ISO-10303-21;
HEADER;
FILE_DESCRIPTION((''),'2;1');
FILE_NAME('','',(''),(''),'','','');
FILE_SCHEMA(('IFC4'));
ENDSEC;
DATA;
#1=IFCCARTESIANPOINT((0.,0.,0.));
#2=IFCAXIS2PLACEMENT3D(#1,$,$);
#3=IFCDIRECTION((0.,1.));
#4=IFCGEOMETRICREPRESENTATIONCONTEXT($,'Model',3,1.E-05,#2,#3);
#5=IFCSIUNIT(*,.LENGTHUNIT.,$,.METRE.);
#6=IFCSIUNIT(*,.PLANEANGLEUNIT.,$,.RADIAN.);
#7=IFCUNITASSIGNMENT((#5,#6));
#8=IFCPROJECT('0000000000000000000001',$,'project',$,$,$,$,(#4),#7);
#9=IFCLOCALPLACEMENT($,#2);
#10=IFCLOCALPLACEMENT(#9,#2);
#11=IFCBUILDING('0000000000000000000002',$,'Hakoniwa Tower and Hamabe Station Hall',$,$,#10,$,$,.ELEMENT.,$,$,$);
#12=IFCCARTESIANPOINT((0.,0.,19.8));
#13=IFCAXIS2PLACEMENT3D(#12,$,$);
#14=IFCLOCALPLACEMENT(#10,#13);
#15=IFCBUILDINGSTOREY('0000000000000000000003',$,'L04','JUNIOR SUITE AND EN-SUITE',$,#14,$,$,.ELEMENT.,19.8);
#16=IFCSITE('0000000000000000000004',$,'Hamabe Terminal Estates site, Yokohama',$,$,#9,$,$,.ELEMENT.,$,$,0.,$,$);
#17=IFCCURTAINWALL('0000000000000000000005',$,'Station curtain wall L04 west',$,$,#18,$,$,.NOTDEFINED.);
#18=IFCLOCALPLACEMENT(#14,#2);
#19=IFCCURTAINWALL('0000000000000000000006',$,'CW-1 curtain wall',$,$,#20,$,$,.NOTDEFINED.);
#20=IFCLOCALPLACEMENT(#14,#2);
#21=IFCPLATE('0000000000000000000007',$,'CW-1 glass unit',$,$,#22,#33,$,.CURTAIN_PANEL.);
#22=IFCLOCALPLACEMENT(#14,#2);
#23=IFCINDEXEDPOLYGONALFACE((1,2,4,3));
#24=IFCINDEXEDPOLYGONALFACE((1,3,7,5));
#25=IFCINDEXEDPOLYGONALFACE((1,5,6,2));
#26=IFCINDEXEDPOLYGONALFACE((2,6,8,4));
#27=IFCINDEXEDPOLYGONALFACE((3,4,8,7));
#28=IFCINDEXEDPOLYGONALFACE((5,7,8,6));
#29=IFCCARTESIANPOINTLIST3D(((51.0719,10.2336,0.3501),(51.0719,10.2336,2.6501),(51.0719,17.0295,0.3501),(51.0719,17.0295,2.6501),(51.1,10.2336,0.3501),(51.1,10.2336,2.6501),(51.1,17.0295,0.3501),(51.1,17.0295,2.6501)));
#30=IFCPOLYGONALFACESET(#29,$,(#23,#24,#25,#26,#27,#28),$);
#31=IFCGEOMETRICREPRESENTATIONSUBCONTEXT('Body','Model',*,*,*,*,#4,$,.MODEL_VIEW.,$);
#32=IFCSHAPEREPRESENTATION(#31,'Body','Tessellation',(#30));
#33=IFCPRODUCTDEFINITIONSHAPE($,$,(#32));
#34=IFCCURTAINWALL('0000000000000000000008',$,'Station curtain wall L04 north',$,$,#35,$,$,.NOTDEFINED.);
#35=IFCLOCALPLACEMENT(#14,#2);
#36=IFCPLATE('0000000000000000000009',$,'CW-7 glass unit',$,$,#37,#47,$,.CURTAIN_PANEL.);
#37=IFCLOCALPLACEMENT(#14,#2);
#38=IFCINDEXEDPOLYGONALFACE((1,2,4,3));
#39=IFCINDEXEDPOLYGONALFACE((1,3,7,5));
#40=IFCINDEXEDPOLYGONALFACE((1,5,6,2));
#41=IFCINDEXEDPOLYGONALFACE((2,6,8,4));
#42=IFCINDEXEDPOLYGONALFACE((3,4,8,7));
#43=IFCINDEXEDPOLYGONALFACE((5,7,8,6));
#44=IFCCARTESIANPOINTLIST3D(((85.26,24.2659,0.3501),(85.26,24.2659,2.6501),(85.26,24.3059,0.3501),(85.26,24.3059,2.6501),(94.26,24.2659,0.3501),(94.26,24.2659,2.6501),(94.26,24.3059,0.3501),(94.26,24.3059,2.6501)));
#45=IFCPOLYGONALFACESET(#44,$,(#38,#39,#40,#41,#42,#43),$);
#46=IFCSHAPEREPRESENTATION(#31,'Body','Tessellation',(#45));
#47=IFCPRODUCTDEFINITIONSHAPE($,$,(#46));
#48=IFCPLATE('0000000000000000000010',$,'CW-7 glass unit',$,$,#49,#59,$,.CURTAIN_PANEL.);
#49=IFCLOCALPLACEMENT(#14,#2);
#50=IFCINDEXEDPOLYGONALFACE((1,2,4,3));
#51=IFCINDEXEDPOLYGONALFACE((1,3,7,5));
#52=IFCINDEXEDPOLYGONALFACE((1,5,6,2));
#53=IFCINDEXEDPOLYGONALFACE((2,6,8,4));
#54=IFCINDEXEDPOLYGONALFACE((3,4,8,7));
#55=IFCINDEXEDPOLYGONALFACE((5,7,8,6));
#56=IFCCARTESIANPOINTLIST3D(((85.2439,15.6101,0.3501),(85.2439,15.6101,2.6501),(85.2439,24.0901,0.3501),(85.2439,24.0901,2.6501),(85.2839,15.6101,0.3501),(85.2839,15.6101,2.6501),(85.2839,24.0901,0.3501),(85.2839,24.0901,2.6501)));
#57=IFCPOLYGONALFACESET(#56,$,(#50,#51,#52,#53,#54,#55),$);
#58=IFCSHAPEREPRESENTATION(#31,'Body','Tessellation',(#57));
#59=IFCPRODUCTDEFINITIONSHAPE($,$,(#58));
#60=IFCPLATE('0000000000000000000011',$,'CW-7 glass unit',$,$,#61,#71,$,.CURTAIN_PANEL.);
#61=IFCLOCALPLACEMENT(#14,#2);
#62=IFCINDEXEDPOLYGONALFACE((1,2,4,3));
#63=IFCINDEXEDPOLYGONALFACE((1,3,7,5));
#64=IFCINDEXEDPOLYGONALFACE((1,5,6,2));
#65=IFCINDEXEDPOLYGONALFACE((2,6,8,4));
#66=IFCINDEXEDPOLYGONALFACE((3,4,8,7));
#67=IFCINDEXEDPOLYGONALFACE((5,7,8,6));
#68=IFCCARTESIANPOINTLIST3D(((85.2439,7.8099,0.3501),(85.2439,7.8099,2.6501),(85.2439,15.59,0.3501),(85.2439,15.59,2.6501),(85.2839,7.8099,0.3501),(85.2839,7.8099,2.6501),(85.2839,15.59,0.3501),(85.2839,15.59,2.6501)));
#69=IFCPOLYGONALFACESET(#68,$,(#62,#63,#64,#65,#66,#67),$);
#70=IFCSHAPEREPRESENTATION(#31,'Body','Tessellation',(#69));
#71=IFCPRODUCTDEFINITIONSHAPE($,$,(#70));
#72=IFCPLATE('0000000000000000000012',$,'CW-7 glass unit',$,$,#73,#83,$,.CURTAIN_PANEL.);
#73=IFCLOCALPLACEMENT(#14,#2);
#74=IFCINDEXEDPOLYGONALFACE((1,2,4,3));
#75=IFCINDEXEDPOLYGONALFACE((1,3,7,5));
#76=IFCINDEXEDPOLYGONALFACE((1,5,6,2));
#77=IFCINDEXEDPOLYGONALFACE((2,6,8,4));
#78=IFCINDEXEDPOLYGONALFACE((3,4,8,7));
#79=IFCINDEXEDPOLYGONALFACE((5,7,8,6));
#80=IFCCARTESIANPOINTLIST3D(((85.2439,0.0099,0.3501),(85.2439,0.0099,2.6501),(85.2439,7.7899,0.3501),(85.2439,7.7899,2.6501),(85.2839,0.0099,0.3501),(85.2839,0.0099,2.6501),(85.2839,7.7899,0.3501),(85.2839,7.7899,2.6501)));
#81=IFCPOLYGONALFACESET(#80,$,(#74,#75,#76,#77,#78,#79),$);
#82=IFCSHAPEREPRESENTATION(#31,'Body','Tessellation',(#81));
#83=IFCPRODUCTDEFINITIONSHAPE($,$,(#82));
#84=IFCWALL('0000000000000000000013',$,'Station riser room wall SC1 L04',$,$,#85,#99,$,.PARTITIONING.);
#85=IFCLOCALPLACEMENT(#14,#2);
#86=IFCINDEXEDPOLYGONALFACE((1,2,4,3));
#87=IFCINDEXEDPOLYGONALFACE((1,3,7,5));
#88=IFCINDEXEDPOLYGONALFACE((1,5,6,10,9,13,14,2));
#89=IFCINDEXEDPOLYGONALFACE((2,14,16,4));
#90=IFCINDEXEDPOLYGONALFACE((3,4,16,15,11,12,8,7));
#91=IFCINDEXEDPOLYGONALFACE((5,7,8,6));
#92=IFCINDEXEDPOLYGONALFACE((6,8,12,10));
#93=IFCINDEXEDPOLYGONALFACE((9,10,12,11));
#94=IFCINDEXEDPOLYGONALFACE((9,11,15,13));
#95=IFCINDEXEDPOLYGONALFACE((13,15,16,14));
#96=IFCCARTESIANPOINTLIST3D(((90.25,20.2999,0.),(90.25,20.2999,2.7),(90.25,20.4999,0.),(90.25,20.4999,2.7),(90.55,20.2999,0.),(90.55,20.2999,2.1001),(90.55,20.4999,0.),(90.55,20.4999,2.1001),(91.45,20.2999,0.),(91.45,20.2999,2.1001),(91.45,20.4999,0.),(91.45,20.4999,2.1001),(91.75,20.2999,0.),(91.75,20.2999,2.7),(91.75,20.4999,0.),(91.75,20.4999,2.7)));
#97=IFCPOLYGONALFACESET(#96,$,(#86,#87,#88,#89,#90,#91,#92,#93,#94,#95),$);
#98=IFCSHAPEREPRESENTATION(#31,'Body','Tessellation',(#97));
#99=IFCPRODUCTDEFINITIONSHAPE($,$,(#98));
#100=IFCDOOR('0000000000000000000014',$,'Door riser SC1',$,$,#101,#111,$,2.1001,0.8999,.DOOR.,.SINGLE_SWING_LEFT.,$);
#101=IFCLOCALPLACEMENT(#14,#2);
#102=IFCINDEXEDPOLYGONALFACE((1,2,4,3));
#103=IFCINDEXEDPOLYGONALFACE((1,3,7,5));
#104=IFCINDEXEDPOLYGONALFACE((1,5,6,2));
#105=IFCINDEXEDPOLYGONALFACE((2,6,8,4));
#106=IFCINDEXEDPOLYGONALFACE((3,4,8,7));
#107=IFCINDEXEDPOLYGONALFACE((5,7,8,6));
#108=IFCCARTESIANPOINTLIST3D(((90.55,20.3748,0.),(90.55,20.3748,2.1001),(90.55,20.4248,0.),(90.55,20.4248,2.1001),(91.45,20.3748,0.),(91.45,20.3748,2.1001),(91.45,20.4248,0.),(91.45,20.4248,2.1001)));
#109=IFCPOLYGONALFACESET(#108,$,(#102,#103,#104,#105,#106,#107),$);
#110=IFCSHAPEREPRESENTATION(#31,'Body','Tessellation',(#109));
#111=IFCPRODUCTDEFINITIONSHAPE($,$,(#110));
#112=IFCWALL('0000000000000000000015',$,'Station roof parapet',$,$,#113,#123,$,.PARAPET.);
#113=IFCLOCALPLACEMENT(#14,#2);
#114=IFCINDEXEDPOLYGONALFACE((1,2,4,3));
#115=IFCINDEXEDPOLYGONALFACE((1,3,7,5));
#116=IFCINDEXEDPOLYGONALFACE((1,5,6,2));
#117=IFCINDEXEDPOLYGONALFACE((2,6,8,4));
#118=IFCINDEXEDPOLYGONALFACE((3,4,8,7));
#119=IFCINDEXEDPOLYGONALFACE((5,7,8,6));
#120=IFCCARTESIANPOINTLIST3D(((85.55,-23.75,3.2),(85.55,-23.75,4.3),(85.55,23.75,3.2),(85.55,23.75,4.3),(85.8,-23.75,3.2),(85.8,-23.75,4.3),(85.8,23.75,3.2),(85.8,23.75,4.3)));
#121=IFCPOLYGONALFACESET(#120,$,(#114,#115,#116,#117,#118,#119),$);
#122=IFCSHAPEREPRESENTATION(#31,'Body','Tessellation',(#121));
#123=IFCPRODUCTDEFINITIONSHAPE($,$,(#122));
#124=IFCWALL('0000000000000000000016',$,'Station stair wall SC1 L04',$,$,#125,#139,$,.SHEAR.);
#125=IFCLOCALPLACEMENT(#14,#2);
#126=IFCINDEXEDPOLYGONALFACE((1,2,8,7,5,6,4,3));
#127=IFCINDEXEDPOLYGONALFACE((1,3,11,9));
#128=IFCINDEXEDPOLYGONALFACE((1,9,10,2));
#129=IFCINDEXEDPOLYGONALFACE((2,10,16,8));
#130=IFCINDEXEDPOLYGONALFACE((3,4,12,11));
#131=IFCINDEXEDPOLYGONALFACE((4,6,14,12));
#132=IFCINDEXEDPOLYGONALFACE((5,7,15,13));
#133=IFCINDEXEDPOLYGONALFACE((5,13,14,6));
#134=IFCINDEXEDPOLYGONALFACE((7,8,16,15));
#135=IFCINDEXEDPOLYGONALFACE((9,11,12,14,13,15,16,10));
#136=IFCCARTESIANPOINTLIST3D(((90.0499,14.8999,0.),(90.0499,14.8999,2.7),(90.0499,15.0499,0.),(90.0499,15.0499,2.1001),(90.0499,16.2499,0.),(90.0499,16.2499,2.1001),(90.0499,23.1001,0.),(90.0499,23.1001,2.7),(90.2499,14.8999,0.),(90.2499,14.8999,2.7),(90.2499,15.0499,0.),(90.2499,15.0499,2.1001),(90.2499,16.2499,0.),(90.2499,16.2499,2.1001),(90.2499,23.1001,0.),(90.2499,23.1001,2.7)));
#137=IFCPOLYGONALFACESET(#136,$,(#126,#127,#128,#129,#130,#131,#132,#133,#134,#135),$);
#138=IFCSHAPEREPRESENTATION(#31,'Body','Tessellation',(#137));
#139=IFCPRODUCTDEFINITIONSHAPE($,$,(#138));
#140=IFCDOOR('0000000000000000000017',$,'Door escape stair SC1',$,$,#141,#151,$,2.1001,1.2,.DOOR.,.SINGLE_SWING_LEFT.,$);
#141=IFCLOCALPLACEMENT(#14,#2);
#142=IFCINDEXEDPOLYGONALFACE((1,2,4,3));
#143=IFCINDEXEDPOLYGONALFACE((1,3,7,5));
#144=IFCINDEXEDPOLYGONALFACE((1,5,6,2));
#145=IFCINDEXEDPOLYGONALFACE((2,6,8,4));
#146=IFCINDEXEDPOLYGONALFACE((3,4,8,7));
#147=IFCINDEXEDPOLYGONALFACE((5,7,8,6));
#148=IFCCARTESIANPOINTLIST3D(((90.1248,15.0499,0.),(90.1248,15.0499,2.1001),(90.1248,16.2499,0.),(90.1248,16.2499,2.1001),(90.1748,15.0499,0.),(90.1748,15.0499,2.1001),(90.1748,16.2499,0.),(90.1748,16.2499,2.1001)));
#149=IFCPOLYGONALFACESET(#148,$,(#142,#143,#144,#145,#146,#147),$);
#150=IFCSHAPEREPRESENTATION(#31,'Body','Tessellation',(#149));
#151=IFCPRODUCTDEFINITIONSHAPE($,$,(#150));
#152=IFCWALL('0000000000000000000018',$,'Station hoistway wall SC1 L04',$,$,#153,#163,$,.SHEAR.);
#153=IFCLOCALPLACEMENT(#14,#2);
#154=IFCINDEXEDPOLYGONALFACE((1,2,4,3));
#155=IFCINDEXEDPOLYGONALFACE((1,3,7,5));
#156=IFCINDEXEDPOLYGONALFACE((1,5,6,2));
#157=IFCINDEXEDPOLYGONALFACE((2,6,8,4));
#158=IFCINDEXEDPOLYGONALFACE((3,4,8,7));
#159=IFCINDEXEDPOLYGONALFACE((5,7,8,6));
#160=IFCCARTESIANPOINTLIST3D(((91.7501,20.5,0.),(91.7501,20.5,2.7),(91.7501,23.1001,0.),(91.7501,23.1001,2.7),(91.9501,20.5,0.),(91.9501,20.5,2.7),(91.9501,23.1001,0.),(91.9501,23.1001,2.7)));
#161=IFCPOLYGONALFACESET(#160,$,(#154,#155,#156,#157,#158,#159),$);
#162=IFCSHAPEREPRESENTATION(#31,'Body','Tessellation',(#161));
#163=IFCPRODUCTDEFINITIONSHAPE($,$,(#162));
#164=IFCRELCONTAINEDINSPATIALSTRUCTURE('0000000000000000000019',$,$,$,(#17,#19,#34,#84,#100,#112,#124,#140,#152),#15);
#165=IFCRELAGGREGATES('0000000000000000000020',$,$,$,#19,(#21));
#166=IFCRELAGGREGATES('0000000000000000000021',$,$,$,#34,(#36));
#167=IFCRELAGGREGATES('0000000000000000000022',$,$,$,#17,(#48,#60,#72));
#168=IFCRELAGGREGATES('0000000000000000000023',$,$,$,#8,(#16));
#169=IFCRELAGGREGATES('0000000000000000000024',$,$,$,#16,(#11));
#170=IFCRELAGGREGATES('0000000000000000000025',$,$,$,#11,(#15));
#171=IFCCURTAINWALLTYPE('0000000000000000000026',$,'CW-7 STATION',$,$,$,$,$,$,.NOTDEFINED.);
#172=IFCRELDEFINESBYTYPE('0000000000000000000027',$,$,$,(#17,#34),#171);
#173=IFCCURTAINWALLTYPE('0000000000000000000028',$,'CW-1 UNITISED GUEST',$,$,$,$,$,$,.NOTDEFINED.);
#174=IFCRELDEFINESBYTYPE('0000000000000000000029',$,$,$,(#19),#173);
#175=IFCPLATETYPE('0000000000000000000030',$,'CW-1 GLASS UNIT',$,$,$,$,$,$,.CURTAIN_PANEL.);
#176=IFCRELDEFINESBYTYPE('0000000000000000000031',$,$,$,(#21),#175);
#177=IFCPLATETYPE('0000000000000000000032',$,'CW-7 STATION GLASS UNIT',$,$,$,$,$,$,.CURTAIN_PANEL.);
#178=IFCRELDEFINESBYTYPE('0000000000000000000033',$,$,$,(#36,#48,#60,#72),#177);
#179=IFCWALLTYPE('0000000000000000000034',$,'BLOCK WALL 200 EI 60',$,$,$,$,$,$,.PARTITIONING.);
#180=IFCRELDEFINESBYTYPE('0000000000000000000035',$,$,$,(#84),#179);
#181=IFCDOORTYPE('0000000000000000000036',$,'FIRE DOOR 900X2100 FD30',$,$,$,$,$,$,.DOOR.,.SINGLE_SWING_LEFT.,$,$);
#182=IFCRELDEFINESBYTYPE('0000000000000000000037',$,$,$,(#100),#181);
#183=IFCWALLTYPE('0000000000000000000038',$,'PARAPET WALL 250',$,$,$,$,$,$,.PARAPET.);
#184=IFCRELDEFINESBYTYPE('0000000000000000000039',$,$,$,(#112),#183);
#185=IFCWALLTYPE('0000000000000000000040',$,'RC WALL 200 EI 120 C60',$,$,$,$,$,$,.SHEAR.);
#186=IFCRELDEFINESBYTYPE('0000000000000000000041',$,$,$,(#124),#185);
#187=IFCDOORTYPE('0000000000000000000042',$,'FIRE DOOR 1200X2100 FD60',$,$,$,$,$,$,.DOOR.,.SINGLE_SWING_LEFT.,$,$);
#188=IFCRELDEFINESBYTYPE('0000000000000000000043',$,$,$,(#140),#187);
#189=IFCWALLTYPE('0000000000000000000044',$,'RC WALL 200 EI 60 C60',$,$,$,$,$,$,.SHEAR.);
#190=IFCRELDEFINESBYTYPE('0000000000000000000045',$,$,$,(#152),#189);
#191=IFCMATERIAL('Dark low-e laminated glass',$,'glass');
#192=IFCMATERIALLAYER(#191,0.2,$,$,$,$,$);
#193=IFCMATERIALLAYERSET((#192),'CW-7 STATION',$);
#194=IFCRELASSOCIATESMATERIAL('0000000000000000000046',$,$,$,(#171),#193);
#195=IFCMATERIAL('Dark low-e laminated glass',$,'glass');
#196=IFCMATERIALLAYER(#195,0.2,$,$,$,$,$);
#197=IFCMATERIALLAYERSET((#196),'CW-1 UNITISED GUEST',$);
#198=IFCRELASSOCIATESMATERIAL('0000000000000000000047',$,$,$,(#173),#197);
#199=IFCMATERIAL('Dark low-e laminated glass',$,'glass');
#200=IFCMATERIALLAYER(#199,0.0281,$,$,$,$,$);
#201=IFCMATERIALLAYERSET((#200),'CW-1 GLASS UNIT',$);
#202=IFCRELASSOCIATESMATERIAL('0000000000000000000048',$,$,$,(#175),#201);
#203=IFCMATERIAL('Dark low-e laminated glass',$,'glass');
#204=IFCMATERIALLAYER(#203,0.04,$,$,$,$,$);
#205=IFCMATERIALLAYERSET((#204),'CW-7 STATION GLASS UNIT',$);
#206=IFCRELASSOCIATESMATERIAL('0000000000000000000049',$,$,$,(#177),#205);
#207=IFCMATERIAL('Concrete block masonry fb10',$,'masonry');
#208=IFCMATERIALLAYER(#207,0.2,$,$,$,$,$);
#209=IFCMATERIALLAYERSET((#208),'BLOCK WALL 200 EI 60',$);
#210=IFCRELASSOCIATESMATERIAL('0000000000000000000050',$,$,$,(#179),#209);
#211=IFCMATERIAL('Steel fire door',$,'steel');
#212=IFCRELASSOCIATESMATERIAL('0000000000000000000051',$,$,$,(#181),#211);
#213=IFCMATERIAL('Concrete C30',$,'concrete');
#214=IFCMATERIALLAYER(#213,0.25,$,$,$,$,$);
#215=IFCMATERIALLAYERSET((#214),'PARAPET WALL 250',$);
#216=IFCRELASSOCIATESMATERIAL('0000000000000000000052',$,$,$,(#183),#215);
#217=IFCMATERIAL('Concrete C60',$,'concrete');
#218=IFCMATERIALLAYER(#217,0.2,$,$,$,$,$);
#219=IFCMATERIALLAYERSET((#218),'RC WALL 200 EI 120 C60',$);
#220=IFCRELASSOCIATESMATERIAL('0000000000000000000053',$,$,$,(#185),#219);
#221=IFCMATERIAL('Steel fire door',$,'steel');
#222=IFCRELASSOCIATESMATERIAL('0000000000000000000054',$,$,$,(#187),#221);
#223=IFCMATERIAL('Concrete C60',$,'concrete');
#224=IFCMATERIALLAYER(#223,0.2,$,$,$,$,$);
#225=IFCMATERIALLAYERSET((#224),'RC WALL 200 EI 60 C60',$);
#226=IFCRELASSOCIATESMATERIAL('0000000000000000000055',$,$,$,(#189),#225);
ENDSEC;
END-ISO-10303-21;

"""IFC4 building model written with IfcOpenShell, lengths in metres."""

from ifc_helpers import new_model, si_unit, direction, frame, frame_2d, origin, origin_2d, place, context, subcontext, project, spatial, rectangle, extrude, material, layer, layer_set, type_object, element, fill, aggregate, save


model = new_model("IFC4")

# Units and contexts
model_context = context("Model", 3, precision=1e-05, world=origin(), true_north=direction((0.0, 1.0)))
body_context = subcontext(model_context, "Body", "Model", "MODEL_VIEW")
ifc_project = project(units=[si_unit("LENGTHUNIT", "METRE"), si_unit("PLANEANGLEUNIT", "RADIAN")], contexts=[model_context])

# Site, building, storey
site_placement = place(None, origin())
site = spatial("IfcSite", under=ifc_project, at=site_placement, Name="Hamabe Terminal Estates site, Yokohama", CompositionType="ELEMENT", RefElevation=0.0)
building_placement = place(site_placement, origin())
building = spatial("IfcBuilding", under=site, at=building_placement, Name="Hakoniwa Tower and Hamabe Station Hall", CompositionType="ELEMENT")
storey_placement = place(building_placement, frame((0.0, 0.0, 19.8)))
storey = spatial("IfcBuildingStorey", under=building, at=storey_placement, Name="L04", Description="JUNIOR SUITE AND EN-SUITE", CompositionType="ELEMENT", Elevation=19.8)

# Curtain walls
ifc_material_1 = material(Name="Dark low-e laminated glass", Category="glass")
ifc_layer_1 = layer(ifc_material_1, 0.2)
ifc_layer_set_1 = layer_set([ifc_layer_1], Name="CW-7 STATION")
curtain_wall_type_1 = type_object("IfcCurtainWallType", Name="CW-7 STATION", PredefinedType="NOTDEFINED", material=ifc_layer_set_1)
curtain_wall_1_placement = place(storey_placement, origin())
curtain_wall_1 = element("IfcCurtainWall", 1, at=curtain_wall_1_placement, inside=storey, type_object=curtain_wall_type_1, Name="Station curtain wall L04 west", PredefinedType="NOTDEFINED")
ifc_material_2 = material(Name="Dark low-e laminated glass", Category="glass")
ifc_layer_2 = layer(ifc_material_2, 0.2)
ifc_layer_set_2 = layer_set([ifc_layer_2], Name="CW-1 UNITISED GUEST")
curtain_wall_type_2 = type_object("IfcCurtainWallType", Name="CW-1 UNITISED GUEST", PredefinedType="NOTDEFINED", material=ifc_layer_set_2)
curtain_wall_2_placement = place(storey_placement, origin())
curtain_wall_2 = element("IfcCurtainWall", 2, at=curtain_wall_2_placement, inside=storey, type_object=curtain_wall_type_2, Name="CW-1 curtain wall", PredefinedType="NOTDEFINED")

# Plate
ifc_material_3 = material(Name="Dark low-e laminated glass", Category="glass")
ifc_layer_3 = layer(ifc_material_3, 0.0281)
ifc_layer_set_3 = layer_set([ifc_layer_3], Name="CW-1 GLASS UNIT")
plate_type_1 = type_object("IfcPlateType", Name="CW-1 GLASS UNIT", PredefinedType="CURTAIN_PANEL", material=ifc_layer_set_3)
plate_1_placement = place(storey_placement, frame((51.0859, 13.6316, 0.3501), z_axis=(0.0, 0.0, 1.0), x_axis=(0.0, 1.0, 0.0)))
plate_1 = element("IfcPlate", 3, at=plate_1_placement, type_object=plate_type_1, Name="CW-1 glass unit", PredefinedType="CURTAIN_PANEL", context=body_context, shape_type="SweptSolid", body=[
    extrude(rectangle(XDim=6.7959, YDim=0.0281, at=origin_2d()), origin(), (0.0, 0.0, 1.0), 2.3),
])
aggregate(curtain_wall_2, [plate_1])

# Curtain wall, plate
curtain_wall_3_placement = place(storey_placement, origin())
curtain_wall_3 = element("IfcCurtainWall", 4, at=curtain_wall_3_placement, inside=storey, type_object=curtain_wall_type_1, Name="Station curtain wall L04 north", PredefinedType="NOTDEFINED")
ifc_material_4 = material(Name="Dark low-e laminated glass", Category="glass")
ifc_layer_4 = layer(ifc_material_4, 0.04)
ifc_layer_set_4 = layer_set([ifc_layer_4], Name="CW-7 STATION GLASS UNIT")
plate_type_2 = type_object("IfcPlateType", Name="CW-7 STATION GLASS UNIT", PredefinedType="CURTAIN_PANEL", material=ifc_layer_set_4)
plate_2_placement = place(storey_placement, frame((89.76, 24.2859, 0.3501), z_axis=(0.0, 0.0, 1.0), x_axis=(-1.0, 0.0, 0.0)))
plate_2 = element("IfcPlate", 5, at=plate_2_placement, type_object=plate_type_2, Name="CW-7 glass unit", PredefinedType="CURTAIN_PANEL", context=body_context, shape_type="SweptSolid", body=[
    extrude(rectangle(XDim=9.0, YDim=0.04, at=origin_2d()), origin(), (0.0, 0.0, 1.0), 2.3),
])
aggregate(curtain_wall_3, [plate_2])

# Plates
plate_3_placement = place(storey_placement, frame((85.2639, 19.8501, 0.3501), z_axis=(0.0, 0.0, 1.0), x_axis=(0.0, -1.0, 0.0)))
plate_3 = element("IfcPlate", 6, at=plate_3_placement, type_object=plate_type_2, Name="CW-7 glass unit", PredefinedType="CURTAIN_PANEL", context=body_context, shape_type="SweptSolid", body=[
    extrude(rectangle(XDim=8.48, YDim=0.04, at=origin_2d()), origin(), (0.0, 0.0, 1.0), 2.3),
])
plate_4_placement = place(storey_placement, frame((85.2639, 11.7, 0.3501), z_axis=(0.0, 0.0, 1.0), x_axis=(0.0, -1.0, 0.0)))
plate_4 = element("IfcPlate", 7, at=plate_4_placement, type_object=plate_type_2, Name="CW-7 glass unit", PredefinedType="CURTAIN_PANEL", context=body_context, shape_type="SweptSolid", body=[
    extrude(rectangle(XDim=7.78, YDim=0.04, at=origin_2d()), origin(), (0.0, 0.0, 1.0), 2.3),
])
plate_5_placement = place(storey_placement, frame((85.2639, 3.8999, 0.3501), z_axis=(0.0, 0.0, 1.0), x_axis=(0.0, -1.0, 0.0)))
plate_5 = element("IfcPlate", 8, at=plate_5_placement, type_object=plate_type_2, Name="CW-7 glass unit", PredefinedType="CURTAIN_PANEL", context=body_context, shape_type="SweptSolid", body=[
    extrude(rectangle(XDim=7.78, YDim=0.04, at=origin_2d()), origin(), (0.0, 0.0, 1.0), 2.3),
])
aggregate(curtain_wall_1, [plate_3, plate_4, plate_5])

# Wall, opening, door
ifc_material_5 = material(Name="Concrete block masonry fb10", Category="masonry")
ifc_layer_5 = layer(ifc_material_5, 0.2)
ifc_layer_set_5 = layer_set([ifc_layer_5], Name="BLOCK WALL 200 EI 60")
wall_type_1 = type_object("IfcWallType", Name="BLOCK WALL 200 EI 60", PredefinedType="PARTITIONING", material=ifc_layer_set_5)
wall_1_placement = place(storey_placement, frame((90.25, 20.3999, 0.0), z_axis=(0.0, 0.0, 1.0), x_axis=(1.0, 0.0, 0.0)))
wall_1 = element("IfcWall", 9, at=wall_1_placement, inside=storey, type_object=wall_type_1, Name="Station riser room wall SC1 L04", PredefinedType="PARTITIONING", context=body_context, shape_type="SweptSolid", body=[
    extrude(rectangle(XDim=1.5, YDim=0.2, at=frame_2d((0.75, 0.0))), origin(), (0.0, 0.0, 1.0), 2.7),
])
opening_1_placement = place(wall_1_placement, frame((0.3, 0.0, 0.0)))
opening_1 = element("IfcOpeningElement", 10, at=opening_1_placement, cuts=wall_1, PredefinedType="OPENING", context=body_context, shape_type="SweptSolid", body=[
    extrude(rectangle(XDim=0.8999, YDim=2.1001, at=frame_2d((0.45, 1.05))), frame((0.0, 0.1099, 0.0), z_axis=(0.0, -1.0, 0.0), x_axis=(1.0, 0.0, 0.0)), (0.0, 0.0, 1.0), 0.22),
])
ifc_material_6 = material(Name="Steel fire door", Category="steel")
door_type_1 = type_object("IfcDoorType", Name="FIRE DOOR 900X2100 FD30", OperationType="SINGLE_SWING_LEFT", PredefinedType="DOOR", material=ifc_material_6)
door_1_placement = place(opening_1_placement, origin())
door_1 = element("IfcDoor", 11, at=door_1_placement, inside=storey, type_object=door_type_1, Name="Door riser SC1", OperationType="SINGLE_SWING_LEFT", OverallHeight=2.1001, OverallWidth=0.8999, PredefinedType="DOOR", context=body_context, shape_type="SweptSolid", body=[
    extrude(rectangle(XDim=0.8999, YDim=2.1001, at=frame_2d((0.45, 1.05))), frame((0.0, 0.0249, 0.0), z_axis=(0.0, -1.0, 0.0), x_axis=(1.0, 0.0, 0.0)), (0.0, 0.0, 1.0), 0.05),
])
fill(opening_1, door_1)

# Wall
ifc_material_7 = material(Name="Concrete C30", Category="concrete")
ifc_layer_6 = layer(ifc_material_7, 0.25)
ifc_layer_set_6 = layer_set([ifc_layer_6], Name="PARAPET WALL 250")
wall_type_2 = type_object("IfcWallType", Name="PARAPET WALL 250", PredefinedType="PARAPET", material=ifc_layer_set_6)
wall_2_placement = place(storey_placement, frame((85.675, 23.75, 3.2), z_axis=(0.0, 0.0, 1.0), x_axis=(0.0, -1.0, 0.0)))
element("IfcWall", 12, at=wall_2_placement, inside=storey, type_object=wall_type_2, Name="Station roof parapet", PredefinedType="PARAPET", context=body_context, shape_type="SweptSolid", body=[
    extrude(rectangle(XDim=47.5, YDim=0.25, at=frame_2d((23.75, 0.0))), origin(), (0.0, 0.0, 1.0), 1.1001),
])

# Wall, opening, door
ifc_material_8 = material(Name="Concrete C60", Category="concrete")
ifc_layer_7 = layer(ifc_material_8, 0.2)
ifc_layer_set_7 = layer_set([ifc_layer_7], Name="RC WALL 200 EI 120 C60")
wall_type_3 = type_object("IfcWallType", Name="RC WALL 200 EI 120 C60", PredefinedType="SHEAR", material=ifc_layer_set_7)
wall_3_placement = place(storey_placement, frame((90.1499, 23.1001, 0.0), z_axis=(0.0, 0.0, 1.0), x_axis=(0.0, -1.0, 0.0)))
wall_3 = element("IfcWall", 13, at=wall_3_placement, inside=storey, type_object=wall_type_3, Name="Station stair wall SC1 L04", PredefinedType="SHEAR", context=body_context, shape_type="SweptSolid", body=[
    extrude(rectangle(XDim=8.2002, YDim=0.2, at=frame_2d((4.1001, 0.0))), origin(), (0.0, 0.0, 1.0), 2.7),
])
opening_2_placement = place(wall_3_placement, frame((6.8501, 0.0, 0.0)))
opening_2 = element("IfcOpeningElement", 14, at=opening_2_placement, cuts=wall_3, PredefinedType="OPENING", context=body_context, shape_type="SweptSolid", body=[
    extrude(rectangle(XDim=1.2, YDim=2.1001, at=frame_2d((0.6001, 1.05))), frame((0.0, 0.1099, 0.0), z_axis=(0.0, -1.0, 0.0), x_axis=(1.0, 0.0, 0.0)), (0.0, 0.0, 1.0), 0.22),
])
ifc_material_9 = material(Name="Steel fire door", Category="steel")
door_type_2 = type_object("IfcDoorType", Name="FIRE DOOR 1200X2100 FD60", OperationType="SINGLE_SWING_LEFT", PredefinedType="DOOR", material=ifc_material_9)
door_2_placement = place(opening_2_placement, origin())
door_2 = element("IfcDoor", 15, at=door_2_placement, inside=storey, type_object=door_type_2, Name="Door escape stair SC1", OperationType="SINGLE_SWING_LEFT", OverallHeight=2.1001, OverallWidth=1.2, PredefinedType="DOOR", context=body_context, shape_type="SweptSolid", body=[
    extrude(rectangle(XDim=1.2, YDim=2.1001, at=frame_2d((0.6001, 1.05))), frame((0.0, 0.0249, 0.0), z_axis=(0.0, -1.0, 0.0), x_axis=(1.0, 0.0, 0.0)), (0.0, 0.0, 1.0), 0.05),
])
fill(opening_2, door_2)

# Wall
ifc_material_10 = material(Name="Concrete C60", Category="concrete")
ifc_layer_8 = layer(ifc_material_10, 0.2)
ifc_layer_set_8 = layer_set([ifc_layer_8], Name="RC WALL 200 EI 60 C60")
wall_type_4 = type_object("IfcWallType", Name="RC WALL 200 EI 60 C60", PredefinedType="SHEAR", material=ifc_layer_set_8)
wall_4_placement = place(storey_placement, frame((91.8501, 23.1001, 0.0), z_axis=(0.0, 0.0, 1.0), x_axis=(0.0, -1.0, 0.0)))
element("IfcWall", 16, at=wall_4_placement, inside=storey, type_object=wall_type_4, Name="Station hoistway wall SC1 L04", PredefinedType="SHEAR", context=body_context, shape_type="SweptSolid", body=[
    extrude(rectangle(XDim=2.6001, YDim=0.2, at=frame_2d((1.3, 0.0))), origin(), (0.0, 0.0, 1.0), 2.7),
])

save(model, "model.ifc")
